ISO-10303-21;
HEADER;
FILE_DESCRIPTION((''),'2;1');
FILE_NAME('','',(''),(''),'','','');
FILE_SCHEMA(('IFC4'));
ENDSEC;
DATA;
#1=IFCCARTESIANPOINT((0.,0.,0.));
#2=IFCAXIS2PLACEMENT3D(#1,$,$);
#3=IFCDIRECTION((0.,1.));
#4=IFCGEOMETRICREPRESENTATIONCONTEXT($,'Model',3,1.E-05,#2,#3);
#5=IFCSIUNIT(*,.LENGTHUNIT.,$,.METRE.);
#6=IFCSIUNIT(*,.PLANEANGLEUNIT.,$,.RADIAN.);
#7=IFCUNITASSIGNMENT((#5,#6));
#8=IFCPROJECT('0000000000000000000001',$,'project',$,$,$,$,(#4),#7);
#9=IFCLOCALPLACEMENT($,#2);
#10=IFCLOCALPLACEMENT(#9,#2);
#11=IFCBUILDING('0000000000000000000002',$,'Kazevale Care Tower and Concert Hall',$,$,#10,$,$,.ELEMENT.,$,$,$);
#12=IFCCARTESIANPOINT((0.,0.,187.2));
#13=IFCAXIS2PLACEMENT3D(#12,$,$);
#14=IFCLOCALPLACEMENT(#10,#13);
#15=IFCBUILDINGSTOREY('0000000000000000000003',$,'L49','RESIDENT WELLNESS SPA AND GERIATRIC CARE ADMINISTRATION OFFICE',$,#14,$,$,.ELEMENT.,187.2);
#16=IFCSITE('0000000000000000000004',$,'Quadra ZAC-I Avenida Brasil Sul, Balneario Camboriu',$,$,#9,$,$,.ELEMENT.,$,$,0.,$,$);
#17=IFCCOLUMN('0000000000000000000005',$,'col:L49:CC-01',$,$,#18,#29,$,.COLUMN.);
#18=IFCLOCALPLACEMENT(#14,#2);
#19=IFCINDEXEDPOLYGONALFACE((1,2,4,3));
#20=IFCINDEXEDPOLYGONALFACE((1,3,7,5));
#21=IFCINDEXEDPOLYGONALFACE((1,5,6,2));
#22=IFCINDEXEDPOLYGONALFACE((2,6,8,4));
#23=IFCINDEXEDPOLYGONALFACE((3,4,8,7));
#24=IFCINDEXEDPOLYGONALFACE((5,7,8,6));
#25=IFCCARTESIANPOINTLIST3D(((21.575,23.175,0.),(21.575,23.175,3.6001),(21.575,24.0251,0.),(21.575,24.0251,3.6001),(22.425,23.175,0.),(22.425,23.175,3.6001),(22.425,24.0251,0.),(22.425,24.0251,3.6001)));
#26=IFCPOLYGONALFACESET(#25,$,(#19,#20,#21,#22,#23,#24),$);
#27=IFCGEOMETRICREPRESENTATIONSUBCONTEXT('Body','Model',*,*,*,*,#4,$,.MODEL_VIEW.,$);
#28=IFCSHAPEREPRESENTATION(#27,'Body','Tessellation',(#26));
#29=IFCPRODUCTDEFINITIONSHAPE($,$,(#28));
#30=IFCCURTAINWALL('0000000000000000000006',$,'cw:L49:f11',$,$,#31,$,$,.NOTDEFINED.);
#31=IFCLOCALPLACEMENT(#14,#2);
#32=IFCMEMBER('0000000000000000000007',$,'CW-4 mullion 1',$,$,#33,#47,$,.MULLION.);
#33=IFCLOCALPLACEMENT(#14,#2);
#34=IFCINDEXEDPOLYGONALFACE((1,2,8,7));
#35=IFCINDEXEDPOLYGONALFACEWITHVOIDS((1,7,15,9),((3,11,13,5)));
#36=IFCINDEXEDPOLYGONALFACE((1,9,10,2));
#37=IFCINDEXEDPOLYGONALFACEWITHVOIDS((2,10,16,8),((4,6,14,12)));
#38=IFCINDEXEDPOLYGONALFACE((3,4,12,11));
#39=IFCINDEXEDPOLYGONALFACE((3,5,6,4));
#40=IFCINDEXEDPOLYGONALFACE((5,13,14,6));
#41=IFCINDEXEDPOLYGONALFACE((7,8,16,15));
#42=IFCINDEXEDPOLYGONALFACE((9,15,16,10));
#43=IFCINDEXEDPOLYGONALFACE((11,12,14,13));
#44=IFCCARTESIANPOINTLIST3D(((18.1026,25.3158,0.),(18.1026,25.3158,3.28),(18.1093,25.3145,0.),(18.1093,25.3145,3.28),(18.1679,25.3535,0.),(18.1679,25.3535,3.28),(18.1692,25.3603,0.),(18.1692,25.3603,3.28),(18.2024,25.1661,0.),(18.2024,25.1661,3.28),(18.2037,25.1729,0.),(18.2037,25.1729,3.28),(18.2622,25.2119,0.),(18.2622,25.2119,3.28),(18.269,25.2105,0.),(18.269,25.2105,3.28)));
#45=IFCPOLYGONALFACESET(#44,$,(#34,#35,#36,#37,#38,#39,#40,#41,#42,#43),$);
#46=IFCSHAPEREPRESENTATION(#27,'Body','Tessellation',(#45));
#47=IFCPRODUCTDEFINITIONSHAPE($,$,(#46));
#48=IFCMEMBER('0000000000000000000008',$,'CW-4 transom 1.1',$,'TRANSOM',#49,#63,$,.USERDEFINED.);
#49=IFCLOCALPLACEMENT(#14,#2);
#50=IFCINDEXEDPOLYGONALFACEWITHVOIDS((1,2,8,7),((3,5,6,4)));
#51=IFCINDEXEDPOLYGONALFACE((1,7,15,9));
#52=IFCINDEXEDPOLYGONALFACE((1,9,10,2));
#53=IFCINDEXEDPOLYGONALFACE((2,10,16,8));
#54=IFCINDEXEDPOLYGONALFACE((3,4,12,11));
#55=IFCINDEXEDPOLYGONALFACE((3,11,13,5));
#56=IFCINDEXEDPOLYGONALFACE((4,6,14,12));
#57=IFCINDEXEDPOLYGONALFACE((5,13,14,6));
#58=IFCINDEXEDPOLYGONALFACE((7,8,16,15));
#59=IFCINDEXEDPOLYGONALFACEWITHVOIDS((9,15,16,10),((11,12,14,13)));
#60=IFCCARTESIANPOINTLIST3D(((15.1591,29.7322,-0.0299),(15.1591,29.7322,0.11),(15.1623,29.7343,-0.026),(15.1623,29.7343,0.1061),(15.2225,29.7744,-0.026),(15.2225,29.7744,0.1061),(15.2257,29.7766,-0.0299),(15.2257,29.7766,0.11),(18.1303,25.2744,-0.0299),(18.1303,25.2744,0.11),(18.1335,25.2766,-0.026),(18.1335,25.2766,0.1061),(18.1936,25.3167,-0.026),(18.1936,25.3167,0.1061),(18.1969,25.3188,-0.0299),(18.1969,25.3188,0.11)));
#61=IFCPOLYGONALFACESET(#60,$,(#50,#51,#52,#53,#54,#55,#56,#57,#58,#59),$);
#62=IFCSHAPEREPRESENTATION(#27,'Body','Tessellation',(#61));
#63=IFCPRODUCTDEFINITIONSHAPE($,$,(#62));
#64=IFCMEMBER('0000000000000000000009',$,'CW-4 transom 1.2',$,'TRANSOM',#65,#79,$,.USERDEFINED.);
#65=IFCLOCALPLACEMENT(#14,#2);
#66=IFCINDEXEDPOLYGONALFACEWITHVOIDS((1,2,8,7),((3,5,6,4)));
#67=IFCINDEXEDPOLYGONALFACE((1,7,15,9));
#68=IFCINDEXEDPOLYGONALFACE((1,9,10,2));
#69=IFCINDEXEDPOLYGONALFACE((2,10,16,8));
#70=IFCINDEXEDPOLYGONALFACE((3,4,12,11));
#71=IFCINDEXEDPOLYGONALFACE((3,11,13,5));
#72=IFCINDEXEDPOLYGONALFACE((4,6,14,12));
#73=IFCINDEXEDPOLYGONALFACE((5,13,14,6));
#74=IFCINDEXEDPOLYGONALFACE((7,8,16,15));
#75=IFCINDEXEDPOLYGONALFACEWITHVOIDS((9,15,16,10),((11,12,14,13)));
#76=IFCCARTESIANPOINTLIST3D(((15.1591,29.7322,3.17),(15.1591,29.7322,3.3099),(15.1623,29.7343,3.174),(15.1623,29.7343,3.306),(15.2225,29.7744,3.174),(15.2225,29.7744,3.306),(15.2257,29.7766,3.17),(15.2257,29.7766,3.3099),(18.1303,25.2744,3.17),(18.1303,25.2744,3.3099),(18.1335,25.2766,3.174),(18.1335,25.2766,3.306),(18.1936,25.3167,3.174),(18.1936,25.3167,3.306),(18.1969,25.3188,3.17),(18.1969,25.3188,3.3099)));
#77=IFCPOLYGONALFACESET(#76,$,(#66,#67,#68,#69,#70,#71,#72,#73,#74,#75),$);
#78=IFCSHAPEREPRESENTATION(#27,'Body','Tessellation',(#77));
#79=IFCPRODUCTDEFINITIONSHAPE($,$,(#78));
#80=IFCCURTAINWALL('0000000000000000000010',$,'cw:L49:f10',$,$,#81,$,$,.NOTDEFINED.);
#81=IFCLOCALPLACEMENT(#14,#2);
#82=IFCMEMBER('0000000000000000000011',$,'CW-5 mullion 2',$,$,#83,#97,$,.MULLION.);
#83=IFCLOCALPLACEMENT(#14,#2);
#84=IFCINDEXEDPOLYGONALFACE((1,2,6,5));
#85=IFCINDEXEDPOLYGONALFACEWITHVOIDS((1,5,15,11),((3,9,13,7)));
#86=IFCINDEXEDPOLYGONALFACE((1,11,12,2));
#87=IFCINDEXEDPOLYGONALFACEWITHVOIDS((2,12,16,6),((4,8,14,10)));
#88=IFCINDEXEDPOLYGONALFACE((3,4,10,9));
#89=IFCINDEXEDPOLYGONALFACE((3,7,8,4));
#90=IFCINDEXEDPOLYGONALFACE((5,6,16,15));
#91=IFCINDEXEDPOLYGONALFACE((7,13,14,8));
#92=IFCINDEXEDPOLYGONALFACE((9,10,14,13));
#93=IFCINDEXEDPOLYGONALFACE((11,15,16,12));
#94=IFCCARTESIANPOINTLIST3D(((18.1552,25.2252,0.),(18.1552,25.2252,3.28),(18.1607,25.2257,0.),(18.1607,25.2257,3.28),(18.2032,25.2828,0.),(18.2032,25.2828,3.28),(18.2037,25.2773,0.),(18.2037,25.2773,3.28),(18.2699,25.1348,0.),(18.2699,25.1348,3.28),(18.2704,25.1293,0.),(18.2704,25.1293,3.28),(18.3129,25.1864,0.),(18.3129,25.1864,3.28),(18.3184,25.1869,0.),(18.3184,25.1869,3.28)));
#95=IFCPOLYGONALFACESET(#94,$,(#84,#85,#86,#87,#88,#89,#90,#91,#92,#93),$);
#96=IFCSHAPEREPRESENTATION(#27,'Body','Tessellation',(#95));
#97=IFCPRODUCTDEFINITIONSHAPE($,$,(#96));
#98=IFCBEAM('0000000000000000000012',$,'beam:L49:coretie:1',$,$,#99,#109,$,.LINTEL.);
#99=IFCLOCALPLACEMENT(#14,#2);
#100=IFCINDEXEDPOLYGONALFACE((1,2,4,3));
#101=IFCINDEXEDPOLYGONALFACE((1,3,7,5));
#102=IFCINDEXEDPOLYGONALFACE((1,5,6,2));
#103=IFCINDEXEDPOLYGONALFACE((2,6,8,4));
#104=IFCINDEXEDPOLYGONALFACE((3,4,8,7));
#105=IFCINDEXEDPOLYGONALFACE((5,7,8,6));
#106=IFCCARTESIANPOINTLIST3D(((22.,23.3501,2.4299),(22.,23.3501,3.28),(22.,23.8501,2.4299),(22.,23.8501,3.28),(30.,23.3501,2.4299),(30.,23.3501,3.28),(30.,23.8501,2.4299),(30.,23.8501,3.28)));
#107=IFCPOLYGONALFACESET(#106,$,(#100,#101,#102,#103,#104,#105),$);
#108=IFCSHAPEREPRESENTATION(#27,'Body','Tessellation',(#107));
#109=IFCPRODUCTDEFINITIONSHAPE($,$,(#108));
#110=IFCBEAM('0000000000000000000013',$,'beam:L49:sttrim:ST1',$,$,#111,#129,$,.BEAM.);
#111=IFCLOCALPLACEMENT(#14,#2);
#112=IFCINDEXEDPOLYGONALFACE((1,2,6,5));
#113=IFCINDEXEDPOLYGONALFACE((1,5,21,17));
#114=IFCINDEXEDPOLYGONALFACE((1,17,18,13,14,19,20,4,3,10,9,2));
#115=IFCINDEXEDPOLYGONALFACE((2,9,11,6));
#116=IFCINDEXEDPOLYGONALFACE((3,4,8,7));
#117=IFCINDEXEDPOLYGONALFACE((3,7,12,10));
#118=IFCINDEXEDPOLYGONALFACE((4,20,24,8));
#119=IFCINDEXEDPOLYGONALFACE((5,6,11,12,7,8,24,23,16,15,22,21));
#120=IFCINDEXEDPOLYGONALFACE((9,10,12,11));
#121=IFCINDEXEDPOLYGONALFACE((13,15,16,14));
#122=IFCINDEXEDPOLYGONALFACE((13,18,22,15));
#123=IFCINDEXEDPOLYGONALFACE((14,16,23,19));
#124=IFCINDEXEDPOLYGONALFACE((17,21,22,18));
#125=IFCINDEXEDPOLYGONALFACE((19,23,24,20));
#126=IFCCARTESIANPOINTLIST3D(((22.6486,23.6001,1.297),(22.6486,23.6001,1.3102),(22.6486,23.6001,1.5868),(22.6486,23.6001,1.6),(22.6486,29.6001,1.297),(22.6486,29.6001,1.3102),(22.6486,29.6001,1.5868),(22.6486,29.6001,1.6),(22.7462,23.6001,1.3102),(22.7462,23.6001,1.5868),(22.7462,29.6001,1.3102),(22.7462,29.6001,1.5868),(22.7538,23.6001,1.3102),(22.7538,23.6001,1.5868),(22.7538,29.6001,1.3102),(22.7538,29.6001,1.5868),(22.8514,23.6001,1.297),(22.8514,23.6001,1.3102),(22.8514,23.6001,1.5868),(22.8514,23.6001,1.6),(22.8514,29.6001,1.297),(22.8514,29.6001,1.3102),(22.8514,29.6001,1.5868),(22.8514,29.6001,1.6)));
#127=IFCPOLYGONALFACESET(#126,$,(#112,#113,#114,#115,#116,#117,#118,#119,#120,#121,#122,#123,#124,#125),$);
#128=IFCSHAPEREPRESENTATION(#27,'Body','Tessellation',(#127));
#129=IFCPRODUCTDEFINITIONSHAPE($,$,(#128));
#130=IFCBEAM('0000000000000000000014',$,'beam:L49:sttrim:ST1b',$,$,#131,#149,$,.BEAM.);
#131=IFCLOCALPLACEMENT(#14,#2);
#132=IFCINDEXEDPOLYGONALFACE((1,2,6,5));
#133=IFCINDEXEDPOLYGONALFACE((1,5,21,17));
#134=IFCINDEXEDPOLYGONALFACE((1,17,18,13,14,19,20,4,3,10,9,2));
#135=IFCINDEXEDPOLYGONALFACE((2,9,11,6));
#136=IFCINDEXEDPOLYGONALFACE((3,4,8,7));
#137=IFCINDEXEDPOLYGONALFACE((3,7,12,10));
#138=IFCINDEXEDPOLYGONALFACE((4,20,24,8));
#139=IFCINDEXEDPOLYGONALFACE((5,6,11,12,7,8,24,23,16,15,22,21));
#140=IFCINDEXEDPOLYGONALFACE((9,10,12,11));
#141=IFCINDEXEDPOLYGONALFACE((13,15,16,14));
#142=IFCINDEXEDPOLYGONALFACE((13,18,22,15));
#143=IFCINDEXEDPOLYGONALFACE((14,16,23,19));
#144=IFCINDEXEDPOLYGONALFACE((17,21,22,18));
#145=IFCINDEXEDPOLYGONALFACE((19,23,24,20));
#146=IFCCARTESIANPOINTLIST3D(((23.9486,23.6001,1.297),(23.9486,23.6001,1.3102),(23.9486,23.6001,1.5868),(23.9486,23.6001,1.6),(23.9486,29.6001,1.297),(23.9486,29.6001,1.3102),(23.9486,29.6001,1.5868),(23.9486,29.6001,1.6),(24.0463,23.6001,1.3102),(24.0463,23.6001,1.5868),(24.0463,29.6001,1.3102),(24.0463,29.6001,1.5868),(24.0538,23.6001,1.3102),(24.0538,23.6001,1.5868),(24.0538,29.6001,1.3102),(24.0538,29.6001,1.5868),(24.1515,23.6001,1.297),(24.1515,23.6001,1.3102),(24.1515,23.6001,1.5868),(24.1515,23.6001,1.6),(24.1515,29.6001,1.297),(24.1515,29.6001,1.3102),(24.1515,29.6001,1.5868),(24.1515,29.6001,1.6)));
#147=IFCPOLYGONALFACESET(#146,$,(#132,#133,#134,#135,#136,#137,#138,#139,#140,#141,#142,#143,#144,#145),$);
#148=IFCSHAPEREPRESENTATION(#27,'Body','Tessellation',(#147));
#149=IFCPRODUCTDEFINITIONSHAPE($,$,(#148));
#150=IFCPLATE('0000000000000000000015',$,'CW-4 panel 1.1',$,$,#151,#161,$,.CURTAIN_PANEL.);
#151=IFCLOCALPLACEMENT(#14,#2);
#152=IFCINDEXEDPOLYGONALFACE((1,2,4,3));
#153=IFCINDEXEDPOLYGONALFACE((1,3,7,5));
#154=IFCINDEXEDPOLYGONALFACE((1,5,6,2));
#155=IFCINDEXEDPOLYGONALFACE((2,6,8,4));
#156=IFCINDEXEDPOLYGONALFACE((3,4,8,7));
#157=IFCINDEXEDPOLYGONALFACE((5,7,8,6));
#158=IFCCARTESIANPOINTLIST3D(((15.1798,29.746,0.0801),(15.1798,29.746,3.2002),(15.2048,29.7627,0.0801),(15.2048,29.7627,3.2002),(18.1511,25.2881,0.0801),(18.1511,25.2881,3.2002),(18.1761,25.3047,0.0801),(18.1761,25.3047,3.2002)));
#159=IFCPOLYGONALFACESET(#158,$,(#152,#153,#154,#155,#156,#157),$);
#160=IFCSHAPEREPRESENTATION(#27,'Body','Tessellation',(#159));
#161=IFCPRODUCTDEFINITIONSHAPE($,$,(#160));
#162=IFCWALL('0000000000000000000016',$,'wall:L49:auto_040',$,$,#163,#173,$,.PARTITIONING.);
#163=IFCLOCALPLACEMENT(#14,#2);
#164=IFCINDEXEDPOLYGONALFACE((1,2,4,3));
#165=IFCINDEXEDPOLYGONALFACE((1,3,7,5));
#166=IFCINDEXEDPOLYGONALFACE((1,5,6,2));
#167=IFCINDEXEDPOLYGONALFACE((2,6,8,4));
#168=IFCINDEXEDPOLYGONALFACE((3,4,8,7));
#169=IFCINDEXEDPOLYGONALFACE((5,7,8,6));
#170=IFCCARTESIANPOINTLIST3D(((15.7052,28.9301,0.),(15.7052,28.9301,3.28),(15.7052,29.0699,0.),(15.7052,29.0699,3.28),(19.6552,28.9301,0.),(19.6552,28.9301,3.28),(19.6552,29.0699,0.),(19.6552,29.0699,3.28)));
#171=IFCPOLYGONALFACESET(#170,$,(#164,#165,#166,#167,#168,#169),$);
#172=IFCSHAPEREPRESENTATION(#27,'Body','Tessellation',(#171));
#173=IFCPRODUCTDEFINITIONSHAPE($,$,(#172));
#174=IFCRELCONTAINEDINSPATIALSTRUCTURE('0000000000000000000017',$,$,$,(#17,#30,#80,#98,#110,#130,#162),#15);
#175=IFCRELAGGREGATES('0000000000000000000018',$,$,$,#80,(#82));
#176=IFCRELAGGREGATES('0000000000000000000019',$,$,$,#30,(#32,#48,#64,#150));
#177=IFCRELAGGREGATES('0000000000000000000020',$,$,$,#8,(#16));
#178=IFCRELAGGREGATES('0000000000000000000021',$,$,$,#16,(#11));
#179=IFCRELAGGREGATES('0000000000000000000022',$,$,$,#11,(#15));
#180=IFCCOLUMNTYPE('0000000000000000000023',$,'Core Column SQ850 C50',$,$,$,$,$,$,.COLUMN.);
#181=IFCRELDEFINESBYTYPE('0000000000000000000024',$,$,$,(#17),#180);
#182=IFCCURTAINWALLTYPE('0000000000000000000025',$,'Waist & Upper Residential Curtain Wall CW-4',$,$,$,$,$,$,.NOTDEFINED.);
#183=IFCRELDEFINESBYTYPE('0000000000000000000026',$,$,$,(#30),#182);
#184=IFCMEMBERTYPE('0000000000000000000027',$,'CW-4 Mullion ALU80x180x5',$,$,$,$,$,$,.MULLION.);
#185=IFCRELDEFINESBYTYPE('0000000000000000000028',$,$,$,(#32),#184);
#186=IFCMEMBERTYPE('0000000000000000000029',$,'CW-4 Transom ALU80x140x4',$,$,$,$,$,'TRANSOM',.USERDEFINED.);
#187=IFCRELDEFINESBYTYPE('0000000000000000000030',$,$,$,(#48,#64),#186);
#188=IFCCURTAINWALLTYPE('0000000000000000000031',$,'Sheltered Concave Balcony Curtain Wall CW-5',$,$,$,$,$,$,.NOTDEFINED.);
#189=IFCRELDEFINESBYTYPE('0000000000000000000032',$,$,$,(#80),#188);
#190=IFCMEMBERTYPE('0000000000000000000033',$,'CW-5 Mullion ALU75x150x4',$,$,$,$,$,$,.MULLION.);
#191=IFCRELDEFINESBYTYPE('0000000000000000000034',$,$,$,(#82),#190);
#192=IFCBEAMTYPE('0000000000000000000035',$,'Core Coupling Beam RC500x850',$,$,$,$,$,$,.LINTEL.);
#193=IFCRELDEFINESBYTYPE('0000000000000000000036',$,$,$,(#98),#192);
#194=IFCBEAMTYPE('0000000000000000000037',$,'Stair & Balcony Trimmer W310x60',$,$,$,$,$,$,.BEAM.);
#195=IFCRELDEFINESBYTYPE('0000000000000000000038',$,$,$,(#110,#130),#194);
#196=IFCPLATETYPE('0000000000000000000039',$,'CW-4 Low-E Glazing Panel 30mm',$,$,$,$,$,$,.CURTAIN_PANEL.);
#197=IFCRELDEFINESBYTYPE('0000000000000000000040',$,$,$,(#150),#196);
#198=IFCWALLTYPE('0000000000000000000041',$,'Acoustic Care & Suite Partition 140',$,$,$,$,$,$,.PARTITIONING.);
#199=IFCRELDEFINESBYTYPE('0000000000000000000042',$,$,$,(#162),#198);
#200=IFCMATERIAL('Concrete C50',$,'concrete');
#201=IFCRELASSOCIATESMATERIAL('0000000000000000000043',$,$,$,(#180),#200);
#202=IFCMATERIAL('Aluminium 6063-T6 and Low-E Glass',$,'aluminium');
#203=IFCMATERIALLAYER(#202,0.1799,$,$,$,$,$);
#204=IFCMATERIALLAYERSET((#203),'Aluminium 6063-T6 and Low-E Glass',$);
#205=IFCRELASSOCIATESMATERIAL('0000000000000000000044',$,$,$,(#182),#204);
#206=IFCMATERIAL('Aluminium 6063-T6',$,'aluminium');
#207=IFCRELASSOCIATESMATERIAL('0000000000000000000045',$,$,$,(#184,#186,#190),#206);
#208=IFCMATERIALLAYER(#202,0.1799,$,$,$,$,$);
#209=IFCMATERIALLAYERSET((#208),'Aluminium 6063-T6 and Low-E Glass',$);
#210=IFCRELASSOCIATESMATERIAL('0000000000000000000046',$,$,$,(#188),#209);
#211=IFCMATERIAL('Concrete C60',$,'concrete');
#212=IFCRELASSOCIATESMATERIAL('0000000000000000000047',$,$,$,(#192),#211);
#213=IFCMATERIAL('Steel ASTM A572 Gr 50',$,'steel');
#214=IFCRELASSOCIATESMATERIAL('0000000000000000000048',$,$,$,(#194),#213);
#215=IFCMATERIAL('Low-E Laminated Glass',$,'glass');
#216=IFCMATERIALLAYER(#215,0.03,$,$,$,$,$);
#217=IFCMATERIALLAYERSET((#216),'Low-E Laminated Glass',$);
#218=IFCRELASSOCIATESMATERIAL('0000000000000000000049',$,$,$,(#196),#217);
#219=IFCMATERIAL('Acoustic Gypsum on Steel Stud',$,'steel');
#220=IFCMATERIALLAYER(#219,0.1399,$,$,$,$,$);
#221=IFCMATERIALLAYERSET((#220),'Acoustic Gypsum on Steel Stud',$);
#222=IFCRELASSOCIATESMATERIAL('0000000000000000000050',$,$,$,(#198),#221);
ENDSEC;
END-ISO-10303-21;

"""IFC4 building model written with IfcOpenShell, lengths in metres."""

from ifc_helpers import new_model, si_unit, direction, frame, frame_2d, origin, origin_2d, place, context, subcontext, project, spatial, rectangle, hollow_rectangle, i_section, extrude, material, layer, layer_set, material_profile, profile_set, type_object, element, aggregate, save


model = new_model("IFC4")

# Units and contexts
model_context = context("Model", 3, precision=1e-05, world=origin(), true_north=direction((0.0, 1.0)))
body_context = subcontext(model_context, "Body", "Model", "MODEL_VIEW")
ifc_project = project(units=[si_unit("LENGTHUNIT", "METRE"), si_unit("PLANEANGLEUNIT", "RADIAN")], contexts=[model_context])

# Site, building, storey
site_placement = place(None, origin())
site = spatial("IfcSite", under=ifc_project, at=site_placement, Name="Quadra ZAC-I Avenida Brasil Sul, Balneario Camboriu", CompositionType="ELEMENT", RefElevation=0.0)
building_placement = place(site_placement, origin())
building = spatial("IfcBuilding", under=site, at=building_placement, Name="Kazevale Care Tower and Concert Hall", CompositionType="ELEMENT")
storey_placement = place(building_placement, frame((0.0, 0.0, 187.2)))
storey = spatial("IfcBuildingStorey", under=building, at=storey_placement, Name="L49", Description="RESIDENT WELLNESS SPA AND GERIATRIC CARE ADMINISTRATION OFFICE", CompositionType="ELEMENT", Elevation=187.2)

# Column
ifc_material_1 = material(Name="Concrete C50", Category="concrete")
ifc_material_profile_1 = material_profile(ifc_material_1, rectangle(XDim=0.8501, YDim=0.8501, at=origin_2d()), Name="RC-SQ850")
ifc_profile_set_1 = profile_set([ifc_material_profile_1], Name="Concrete C50")
column_type = type_object("IfcColumnType", Name="Core Column SQ850 C50", PredefinedType="COLUMN", material=ifc_profile_set_1)
column_placement = place(storey_placement, frame((22.0, 23.6001, 0.0), z_axis=(0.0, 0.0, 1.0), x_axis=(1.0, 0.0, 0.0)))
element("IfcColumn", 1, at=column_placement, inside=storey, type_object=column_type, Name="col:L49:CC-01", PredefinedType="COLUMN", context=body_context, shape_type="SweptSolid", body=[
    extrude(rectangle(XDim=0.8501, YDim=0.8501, at=origin_2d()), origin(), (0.0, 0.0, 1.0), 3.6001),
])

# Curtain wall, members
ifc_material_2 = material(Name="Aluminium 6063-T6 and Low-E Glass", Category="aluminium")
ifc_layer_1 = layer(ifc_material_2, 0.1799)
ifc_layer_set_1 = layer_set([ifc_layer_1], Name="Aluminium 6063-T6 and Low-E Glass")
curtain_wall_type_1 = type_object("IfcCurtainWallType", Name="Waist & Upper Residential Curtain Wall CW-4", PredefinedType="NOTDEFINED", material=ifc_layer_set_1)
curtain_wall_1_placement = place(storey_placement, origin())
curtain_wall_1 = element("IfcCurtainWall", 2, at=curtain_wall_1_placement, inside=storey, type_object=curtain_wall_type_1, Name="cw:L49:f11", PredefinedType="NOTDEFINED")
ifc_material_3 = material(Name="Aluminium 6063-T6", Category="aluminium")
ifc_material_profile_2 = material_profile(ifc_material_3, hollow_rectangle(XDim=0.0801, YDim=0.1799, WallThickness=0.0049, at=origin_2d()), Name="ALU80x180x5")
ifc_profile_set_2 = profile_set([ifc_material_profile_2], Name="Aluminium 6063-T6")
member_type_1 = type_object("IfcMemberType", Name="CW-4 Mullion ALU80x180x5", PredefinedType="MULLION", material=ifc_profile_set_2)
member_1_placement = place(storey_placement, frame((18.1858, 25.2632, 0.0), z_axis=(0.0, 0.0, 1.0), x_axis=(-0.832106, -0.554617, 0.0)))
member_1 = element("IfcMember", 3, at=member_1_placement, type_object=member_type_1, Name="CW-4 mullion 1", PredefinedType="MULLION", context=body_context, shape_type="SweptSolid", body=[
    extrude(hollow_rectangle(XDim=0.0801, YDim=0.1799, WallThickness=0.0049, at=origin_2d()), origin(), (0.0, 0.0, 1.0), 3.28),
])
ifc_material_profile_3 = material_profile(ifc_material_3, hollow_rectangle(XDim=0.0801, YDim=0.1399, WallThickness=0.0039, at=origin_2d()), Name="ALU80x140x4")
ifc_profile_set_3 = profile_set([ifc_material_profile_3], Name="Aluminium 6063-T6")
member_type_2 = type_object("IfcMemberType", Name="CW-4 Transom ALU80x140x4", ElementType="TRANSOM", PredefinedType="USERDEFINED", material=ifc_profile_set_3)
member_2_placement = place(storey_placement, frame((18.1636, 25.2966, 0.04), z_axis=(-0.554616, 0.832106, 0.0), x_axis=(-0.832106, -0.554616, 0.0)))
member_2 = element("IfcMember", 4, at=member_2_placement, type_object=member_type_2, Name="CW-4 transom 1.1", ObjectType="TRANSOM", PredefinedType="USERDEFINED", context=body_context, shape_type="SweptSolid", body=[
    extrude(hollow_rectangle(XDim=0.0801, YDim=0.1399, WallThickness=0.0039, at=origin_2d()), origin(), (0.0, 0.0, 1.0), 5.3572),
])
member_3_placement = place(storey_placement, frame((18.1636, 25.2966, 3.24), z_axis=(-0.554616, 0.832106, 0.0), x_axis=(-0.832106, -0.554616, 0.0)))
member_3 = element("IfcMember", 5, at=member_3_placement, type_object=member_type_2, Name="CW-4 transom 1.2", ObjectType="TRANSOM", PredefinedType="USERDEFINED", context=body_context, shape_type="SweptSolid", body=[
    extrude(hollow_rectangle(XDim=0.0801, YDim=0.1399, WallThickness=0.0039, at=origin_2d()), origin(), (0.0, 0.0, 1.0), 5.3572),
])

# Curtain wall, member
ifc_layer_2 = layer(ifc_material_2, 0.1799)
ifc_layer_set_2 = layer_set([ifc_layer_2], Name="Aluminium 6063-T6 and Low-E Glass")
curtain_wall_type_2 = type_object("IfcCurtainWallType", Name="Sheltered Concave Balcony Curtain Wall CW-5", PredefinedType="NOTDEFINED", material=ifc_layer_set_2)
curtain_wall_2_placement = place(storey_placement, origin())
curtain_wall_2 = element("IfcCurtainWall", 6, at=curtain_wall_2_placement, inside=storey, type_object=curtain_wall_type_2, Name="cw:L49:f10", PredefinedType="NOTDEFINED")
ifc_material_profile_4 = material_profile(ifc_material_3, hollow_rectangle(XDim=0.075, YDim=0.1499, WallThickness=0.0039, at=origin_2d()), Name="ALU75x150x4")
ifc_profile_set_4 = profile_set([ifc_material_profile_4], Name="Aluminium 6063-T6")
member_type_3 = type_object("IfcMemberType", Name="CW-5 Mullion ALU75x150x4", PredefinedType="MULLION", material=ifc_profile_set_4)
member_4_placement = place(storey_placement, frame((18.2368, 25.2061, 0.0), z_axis=(0.0, 0.0, 1.0), x_axis=(-0.639961, -0.768407, 0.0)))
member_4 = element("IfcMember", 7, at=member_4_placement, type_object=member_type_3, Name="CW-5 mullion 2", PredefinedType="MULLION", context=body_context, shape_type="SweptSolid", body=[
    extrude(hollow_rectangle(XDim=0.075, YDim=0.1499, WallThickness=0.0039, at=origin_2d()), origin(), (0.0, 0.0, 1.0), 3.28),
])
aggregate(curtain_wall_2, [member_4])

# Beams
ifc_material_4 = material(Name="Concrete C60", Category="concrete")
ifc_material_profile_5 = material_profile(ifc_material_4, rectangle(XDim=0.5, YDim=0.8501, at=origin_2d()), Name="RC-B500x850")
ifc_profile_set_5 = profile_set([ifc_material_profile_5], Name="Concrete C60")
beam_type_1 = type_object("IfcBeamType", Name="Core Coupling Beam RC500x850", PredefinedType="LINTEL", material=ifc_profile_set_5)
beam_placement = place(storey_placement, frame((22.0, 23.6001, 2.855), z_axis=(1.0, 0.0, 0.0), x_axis=(0.0, 1.0, 0.0)))
element("IfcBeam", 8, at=beam_placement, inside=storey, type_object=beam_type_1, Name="beam:L49:coretie:1", PredefinedType="LINTEL", context=body_context, shape_type="SweptSolid", body=[
    extrude(rectangle(XDim=0.5, YDim=0.8501, at=origin_2d()), origin(), (0.0, 0.0, 1.0), 8.0),
])
ifc_material_5 = material(Name="Steel ASTM A572 Gr 50", Category="steel")
ifc_material_profile_6 = material_profile(ifc_material_5, i_section(OverallWidth=0.2029, OverallDepth=0.303, WebThickness=0.0076, FlangeThickness=0.0132, at=origin_2d()), Name="W310x60")
ifc_profile_set_6 = profile_set([ifc_material_profile_6], Name="Steel ASTM A572 Gr 50")
beam_type_2 = type_object("IfcBeamType", Name="Stair & Balcony Trimmer W310x60", PredefinedType="BEAM", material=ifc_profile_set_6)
for number, where, z_axis, x_axis, name in (
    (9, (22.75, 23.6001, 1.4485), (0.0, 1.0, 0.0), (-1.0, 0.0, 0.0), "beam:L49:sttrim:ST1"),
    (10, (24.05, 23.6001, 1.4485), (0.0, 1.0, 0.0), (-1.0, 0.0, 0.0), "beam:L49:sttrim:ST1b"),
):
    element("IfcBeam", number, at=place(storey_placement, frame(where, z_axis=z_axis, x_axis=x_axis)), inside=storey, type_object=beam_type_2, Name=name, PredefinedType="BEAM", context=body_context, shape_type="SweptSolid", body=[
        extrude(i_section(OverallWidth=0.2029, OverallDepth=0.303, WebThickness=0.0076, FlangeThickness=0.0132, at=origin_2d()), origin(), (0.0, 0.0, 1.0), 6.0),
    ])

# Plate
ifc_material_6 = material(Name="Low-E Laminated Glass", Category="glass")
ifc_layer_3 = layer(ifc_material_6, 0.03)
ifc_layer_set_3 = layer_set([ifc_layer_3], Name="Low-E Laminated Glass")
plate_type = type_object("IfcPlateType", Name="CW-4 Low-E Glazing Panel 30mm", PredefinedType="CURTAIN_PANEL", material=ifc_layer_set_3)
plate_placement = place(storey_placement, frame((16.678, 27.5254, 0.0801), z_axis=(0.0, 0.0, 1.0), x_axis=(-0.554617, 0.832106, 0.0)))
plate = element("IfcPlate", 11, at=plate_placement, type_object=plate_type, Name="CW-4 panel 1.1", PredefinedType="CURTAIN_PANEL", context=body_context, shape_type="SweptSolid", body=[
    extrude(rectangle(XDim=5.3574, YDim=0.03, at=origin_2d()), origin(), (0.0, 0.0, 1.0), 3.1201),
])
aggregate(curtain_wall_1, [member_1, member_2, member_3, plate])

# Wall
ifc_material_7 = material(Name="Acoustic Gypsum on Steel Stud", Category="steel")
ifc_layer_4 = layer(ifc_material_7, 0.1399)
ifc_layer_set_4 = layer_set([ifc_layer_4], Name="Acoustic Gypsum on Steel Stud")
wall_type_1 = type_object("IfcWallType", Name="Acoustic Care & Suite Partition 140", PredefinedType="PARTITIONING", material=ifc_layer_set_4)
wall_1_placement = place(storey_placement, frame((15.7051, 29.0, 0.0), z_axis=(0.0, 0.0, 1.0), x_axis=(1.0, 0.0, 0.0)))
element("IfcWall", 12, at=wall_1_placement, inside=storey, type_object=wall_type_1, Name="wall:L49:auto_040", PredefinedType="PARTITIONING", context=body_context, shape_type="SweptSolid", body=[
    extrude(rectangle(XDim=3.95, YDim=0.1399, at=frame_2d((1.9751, 0.0))), origin(), (0.0, 0.0, 1.0), 3.28),
])

save(model, "model.ifc")
